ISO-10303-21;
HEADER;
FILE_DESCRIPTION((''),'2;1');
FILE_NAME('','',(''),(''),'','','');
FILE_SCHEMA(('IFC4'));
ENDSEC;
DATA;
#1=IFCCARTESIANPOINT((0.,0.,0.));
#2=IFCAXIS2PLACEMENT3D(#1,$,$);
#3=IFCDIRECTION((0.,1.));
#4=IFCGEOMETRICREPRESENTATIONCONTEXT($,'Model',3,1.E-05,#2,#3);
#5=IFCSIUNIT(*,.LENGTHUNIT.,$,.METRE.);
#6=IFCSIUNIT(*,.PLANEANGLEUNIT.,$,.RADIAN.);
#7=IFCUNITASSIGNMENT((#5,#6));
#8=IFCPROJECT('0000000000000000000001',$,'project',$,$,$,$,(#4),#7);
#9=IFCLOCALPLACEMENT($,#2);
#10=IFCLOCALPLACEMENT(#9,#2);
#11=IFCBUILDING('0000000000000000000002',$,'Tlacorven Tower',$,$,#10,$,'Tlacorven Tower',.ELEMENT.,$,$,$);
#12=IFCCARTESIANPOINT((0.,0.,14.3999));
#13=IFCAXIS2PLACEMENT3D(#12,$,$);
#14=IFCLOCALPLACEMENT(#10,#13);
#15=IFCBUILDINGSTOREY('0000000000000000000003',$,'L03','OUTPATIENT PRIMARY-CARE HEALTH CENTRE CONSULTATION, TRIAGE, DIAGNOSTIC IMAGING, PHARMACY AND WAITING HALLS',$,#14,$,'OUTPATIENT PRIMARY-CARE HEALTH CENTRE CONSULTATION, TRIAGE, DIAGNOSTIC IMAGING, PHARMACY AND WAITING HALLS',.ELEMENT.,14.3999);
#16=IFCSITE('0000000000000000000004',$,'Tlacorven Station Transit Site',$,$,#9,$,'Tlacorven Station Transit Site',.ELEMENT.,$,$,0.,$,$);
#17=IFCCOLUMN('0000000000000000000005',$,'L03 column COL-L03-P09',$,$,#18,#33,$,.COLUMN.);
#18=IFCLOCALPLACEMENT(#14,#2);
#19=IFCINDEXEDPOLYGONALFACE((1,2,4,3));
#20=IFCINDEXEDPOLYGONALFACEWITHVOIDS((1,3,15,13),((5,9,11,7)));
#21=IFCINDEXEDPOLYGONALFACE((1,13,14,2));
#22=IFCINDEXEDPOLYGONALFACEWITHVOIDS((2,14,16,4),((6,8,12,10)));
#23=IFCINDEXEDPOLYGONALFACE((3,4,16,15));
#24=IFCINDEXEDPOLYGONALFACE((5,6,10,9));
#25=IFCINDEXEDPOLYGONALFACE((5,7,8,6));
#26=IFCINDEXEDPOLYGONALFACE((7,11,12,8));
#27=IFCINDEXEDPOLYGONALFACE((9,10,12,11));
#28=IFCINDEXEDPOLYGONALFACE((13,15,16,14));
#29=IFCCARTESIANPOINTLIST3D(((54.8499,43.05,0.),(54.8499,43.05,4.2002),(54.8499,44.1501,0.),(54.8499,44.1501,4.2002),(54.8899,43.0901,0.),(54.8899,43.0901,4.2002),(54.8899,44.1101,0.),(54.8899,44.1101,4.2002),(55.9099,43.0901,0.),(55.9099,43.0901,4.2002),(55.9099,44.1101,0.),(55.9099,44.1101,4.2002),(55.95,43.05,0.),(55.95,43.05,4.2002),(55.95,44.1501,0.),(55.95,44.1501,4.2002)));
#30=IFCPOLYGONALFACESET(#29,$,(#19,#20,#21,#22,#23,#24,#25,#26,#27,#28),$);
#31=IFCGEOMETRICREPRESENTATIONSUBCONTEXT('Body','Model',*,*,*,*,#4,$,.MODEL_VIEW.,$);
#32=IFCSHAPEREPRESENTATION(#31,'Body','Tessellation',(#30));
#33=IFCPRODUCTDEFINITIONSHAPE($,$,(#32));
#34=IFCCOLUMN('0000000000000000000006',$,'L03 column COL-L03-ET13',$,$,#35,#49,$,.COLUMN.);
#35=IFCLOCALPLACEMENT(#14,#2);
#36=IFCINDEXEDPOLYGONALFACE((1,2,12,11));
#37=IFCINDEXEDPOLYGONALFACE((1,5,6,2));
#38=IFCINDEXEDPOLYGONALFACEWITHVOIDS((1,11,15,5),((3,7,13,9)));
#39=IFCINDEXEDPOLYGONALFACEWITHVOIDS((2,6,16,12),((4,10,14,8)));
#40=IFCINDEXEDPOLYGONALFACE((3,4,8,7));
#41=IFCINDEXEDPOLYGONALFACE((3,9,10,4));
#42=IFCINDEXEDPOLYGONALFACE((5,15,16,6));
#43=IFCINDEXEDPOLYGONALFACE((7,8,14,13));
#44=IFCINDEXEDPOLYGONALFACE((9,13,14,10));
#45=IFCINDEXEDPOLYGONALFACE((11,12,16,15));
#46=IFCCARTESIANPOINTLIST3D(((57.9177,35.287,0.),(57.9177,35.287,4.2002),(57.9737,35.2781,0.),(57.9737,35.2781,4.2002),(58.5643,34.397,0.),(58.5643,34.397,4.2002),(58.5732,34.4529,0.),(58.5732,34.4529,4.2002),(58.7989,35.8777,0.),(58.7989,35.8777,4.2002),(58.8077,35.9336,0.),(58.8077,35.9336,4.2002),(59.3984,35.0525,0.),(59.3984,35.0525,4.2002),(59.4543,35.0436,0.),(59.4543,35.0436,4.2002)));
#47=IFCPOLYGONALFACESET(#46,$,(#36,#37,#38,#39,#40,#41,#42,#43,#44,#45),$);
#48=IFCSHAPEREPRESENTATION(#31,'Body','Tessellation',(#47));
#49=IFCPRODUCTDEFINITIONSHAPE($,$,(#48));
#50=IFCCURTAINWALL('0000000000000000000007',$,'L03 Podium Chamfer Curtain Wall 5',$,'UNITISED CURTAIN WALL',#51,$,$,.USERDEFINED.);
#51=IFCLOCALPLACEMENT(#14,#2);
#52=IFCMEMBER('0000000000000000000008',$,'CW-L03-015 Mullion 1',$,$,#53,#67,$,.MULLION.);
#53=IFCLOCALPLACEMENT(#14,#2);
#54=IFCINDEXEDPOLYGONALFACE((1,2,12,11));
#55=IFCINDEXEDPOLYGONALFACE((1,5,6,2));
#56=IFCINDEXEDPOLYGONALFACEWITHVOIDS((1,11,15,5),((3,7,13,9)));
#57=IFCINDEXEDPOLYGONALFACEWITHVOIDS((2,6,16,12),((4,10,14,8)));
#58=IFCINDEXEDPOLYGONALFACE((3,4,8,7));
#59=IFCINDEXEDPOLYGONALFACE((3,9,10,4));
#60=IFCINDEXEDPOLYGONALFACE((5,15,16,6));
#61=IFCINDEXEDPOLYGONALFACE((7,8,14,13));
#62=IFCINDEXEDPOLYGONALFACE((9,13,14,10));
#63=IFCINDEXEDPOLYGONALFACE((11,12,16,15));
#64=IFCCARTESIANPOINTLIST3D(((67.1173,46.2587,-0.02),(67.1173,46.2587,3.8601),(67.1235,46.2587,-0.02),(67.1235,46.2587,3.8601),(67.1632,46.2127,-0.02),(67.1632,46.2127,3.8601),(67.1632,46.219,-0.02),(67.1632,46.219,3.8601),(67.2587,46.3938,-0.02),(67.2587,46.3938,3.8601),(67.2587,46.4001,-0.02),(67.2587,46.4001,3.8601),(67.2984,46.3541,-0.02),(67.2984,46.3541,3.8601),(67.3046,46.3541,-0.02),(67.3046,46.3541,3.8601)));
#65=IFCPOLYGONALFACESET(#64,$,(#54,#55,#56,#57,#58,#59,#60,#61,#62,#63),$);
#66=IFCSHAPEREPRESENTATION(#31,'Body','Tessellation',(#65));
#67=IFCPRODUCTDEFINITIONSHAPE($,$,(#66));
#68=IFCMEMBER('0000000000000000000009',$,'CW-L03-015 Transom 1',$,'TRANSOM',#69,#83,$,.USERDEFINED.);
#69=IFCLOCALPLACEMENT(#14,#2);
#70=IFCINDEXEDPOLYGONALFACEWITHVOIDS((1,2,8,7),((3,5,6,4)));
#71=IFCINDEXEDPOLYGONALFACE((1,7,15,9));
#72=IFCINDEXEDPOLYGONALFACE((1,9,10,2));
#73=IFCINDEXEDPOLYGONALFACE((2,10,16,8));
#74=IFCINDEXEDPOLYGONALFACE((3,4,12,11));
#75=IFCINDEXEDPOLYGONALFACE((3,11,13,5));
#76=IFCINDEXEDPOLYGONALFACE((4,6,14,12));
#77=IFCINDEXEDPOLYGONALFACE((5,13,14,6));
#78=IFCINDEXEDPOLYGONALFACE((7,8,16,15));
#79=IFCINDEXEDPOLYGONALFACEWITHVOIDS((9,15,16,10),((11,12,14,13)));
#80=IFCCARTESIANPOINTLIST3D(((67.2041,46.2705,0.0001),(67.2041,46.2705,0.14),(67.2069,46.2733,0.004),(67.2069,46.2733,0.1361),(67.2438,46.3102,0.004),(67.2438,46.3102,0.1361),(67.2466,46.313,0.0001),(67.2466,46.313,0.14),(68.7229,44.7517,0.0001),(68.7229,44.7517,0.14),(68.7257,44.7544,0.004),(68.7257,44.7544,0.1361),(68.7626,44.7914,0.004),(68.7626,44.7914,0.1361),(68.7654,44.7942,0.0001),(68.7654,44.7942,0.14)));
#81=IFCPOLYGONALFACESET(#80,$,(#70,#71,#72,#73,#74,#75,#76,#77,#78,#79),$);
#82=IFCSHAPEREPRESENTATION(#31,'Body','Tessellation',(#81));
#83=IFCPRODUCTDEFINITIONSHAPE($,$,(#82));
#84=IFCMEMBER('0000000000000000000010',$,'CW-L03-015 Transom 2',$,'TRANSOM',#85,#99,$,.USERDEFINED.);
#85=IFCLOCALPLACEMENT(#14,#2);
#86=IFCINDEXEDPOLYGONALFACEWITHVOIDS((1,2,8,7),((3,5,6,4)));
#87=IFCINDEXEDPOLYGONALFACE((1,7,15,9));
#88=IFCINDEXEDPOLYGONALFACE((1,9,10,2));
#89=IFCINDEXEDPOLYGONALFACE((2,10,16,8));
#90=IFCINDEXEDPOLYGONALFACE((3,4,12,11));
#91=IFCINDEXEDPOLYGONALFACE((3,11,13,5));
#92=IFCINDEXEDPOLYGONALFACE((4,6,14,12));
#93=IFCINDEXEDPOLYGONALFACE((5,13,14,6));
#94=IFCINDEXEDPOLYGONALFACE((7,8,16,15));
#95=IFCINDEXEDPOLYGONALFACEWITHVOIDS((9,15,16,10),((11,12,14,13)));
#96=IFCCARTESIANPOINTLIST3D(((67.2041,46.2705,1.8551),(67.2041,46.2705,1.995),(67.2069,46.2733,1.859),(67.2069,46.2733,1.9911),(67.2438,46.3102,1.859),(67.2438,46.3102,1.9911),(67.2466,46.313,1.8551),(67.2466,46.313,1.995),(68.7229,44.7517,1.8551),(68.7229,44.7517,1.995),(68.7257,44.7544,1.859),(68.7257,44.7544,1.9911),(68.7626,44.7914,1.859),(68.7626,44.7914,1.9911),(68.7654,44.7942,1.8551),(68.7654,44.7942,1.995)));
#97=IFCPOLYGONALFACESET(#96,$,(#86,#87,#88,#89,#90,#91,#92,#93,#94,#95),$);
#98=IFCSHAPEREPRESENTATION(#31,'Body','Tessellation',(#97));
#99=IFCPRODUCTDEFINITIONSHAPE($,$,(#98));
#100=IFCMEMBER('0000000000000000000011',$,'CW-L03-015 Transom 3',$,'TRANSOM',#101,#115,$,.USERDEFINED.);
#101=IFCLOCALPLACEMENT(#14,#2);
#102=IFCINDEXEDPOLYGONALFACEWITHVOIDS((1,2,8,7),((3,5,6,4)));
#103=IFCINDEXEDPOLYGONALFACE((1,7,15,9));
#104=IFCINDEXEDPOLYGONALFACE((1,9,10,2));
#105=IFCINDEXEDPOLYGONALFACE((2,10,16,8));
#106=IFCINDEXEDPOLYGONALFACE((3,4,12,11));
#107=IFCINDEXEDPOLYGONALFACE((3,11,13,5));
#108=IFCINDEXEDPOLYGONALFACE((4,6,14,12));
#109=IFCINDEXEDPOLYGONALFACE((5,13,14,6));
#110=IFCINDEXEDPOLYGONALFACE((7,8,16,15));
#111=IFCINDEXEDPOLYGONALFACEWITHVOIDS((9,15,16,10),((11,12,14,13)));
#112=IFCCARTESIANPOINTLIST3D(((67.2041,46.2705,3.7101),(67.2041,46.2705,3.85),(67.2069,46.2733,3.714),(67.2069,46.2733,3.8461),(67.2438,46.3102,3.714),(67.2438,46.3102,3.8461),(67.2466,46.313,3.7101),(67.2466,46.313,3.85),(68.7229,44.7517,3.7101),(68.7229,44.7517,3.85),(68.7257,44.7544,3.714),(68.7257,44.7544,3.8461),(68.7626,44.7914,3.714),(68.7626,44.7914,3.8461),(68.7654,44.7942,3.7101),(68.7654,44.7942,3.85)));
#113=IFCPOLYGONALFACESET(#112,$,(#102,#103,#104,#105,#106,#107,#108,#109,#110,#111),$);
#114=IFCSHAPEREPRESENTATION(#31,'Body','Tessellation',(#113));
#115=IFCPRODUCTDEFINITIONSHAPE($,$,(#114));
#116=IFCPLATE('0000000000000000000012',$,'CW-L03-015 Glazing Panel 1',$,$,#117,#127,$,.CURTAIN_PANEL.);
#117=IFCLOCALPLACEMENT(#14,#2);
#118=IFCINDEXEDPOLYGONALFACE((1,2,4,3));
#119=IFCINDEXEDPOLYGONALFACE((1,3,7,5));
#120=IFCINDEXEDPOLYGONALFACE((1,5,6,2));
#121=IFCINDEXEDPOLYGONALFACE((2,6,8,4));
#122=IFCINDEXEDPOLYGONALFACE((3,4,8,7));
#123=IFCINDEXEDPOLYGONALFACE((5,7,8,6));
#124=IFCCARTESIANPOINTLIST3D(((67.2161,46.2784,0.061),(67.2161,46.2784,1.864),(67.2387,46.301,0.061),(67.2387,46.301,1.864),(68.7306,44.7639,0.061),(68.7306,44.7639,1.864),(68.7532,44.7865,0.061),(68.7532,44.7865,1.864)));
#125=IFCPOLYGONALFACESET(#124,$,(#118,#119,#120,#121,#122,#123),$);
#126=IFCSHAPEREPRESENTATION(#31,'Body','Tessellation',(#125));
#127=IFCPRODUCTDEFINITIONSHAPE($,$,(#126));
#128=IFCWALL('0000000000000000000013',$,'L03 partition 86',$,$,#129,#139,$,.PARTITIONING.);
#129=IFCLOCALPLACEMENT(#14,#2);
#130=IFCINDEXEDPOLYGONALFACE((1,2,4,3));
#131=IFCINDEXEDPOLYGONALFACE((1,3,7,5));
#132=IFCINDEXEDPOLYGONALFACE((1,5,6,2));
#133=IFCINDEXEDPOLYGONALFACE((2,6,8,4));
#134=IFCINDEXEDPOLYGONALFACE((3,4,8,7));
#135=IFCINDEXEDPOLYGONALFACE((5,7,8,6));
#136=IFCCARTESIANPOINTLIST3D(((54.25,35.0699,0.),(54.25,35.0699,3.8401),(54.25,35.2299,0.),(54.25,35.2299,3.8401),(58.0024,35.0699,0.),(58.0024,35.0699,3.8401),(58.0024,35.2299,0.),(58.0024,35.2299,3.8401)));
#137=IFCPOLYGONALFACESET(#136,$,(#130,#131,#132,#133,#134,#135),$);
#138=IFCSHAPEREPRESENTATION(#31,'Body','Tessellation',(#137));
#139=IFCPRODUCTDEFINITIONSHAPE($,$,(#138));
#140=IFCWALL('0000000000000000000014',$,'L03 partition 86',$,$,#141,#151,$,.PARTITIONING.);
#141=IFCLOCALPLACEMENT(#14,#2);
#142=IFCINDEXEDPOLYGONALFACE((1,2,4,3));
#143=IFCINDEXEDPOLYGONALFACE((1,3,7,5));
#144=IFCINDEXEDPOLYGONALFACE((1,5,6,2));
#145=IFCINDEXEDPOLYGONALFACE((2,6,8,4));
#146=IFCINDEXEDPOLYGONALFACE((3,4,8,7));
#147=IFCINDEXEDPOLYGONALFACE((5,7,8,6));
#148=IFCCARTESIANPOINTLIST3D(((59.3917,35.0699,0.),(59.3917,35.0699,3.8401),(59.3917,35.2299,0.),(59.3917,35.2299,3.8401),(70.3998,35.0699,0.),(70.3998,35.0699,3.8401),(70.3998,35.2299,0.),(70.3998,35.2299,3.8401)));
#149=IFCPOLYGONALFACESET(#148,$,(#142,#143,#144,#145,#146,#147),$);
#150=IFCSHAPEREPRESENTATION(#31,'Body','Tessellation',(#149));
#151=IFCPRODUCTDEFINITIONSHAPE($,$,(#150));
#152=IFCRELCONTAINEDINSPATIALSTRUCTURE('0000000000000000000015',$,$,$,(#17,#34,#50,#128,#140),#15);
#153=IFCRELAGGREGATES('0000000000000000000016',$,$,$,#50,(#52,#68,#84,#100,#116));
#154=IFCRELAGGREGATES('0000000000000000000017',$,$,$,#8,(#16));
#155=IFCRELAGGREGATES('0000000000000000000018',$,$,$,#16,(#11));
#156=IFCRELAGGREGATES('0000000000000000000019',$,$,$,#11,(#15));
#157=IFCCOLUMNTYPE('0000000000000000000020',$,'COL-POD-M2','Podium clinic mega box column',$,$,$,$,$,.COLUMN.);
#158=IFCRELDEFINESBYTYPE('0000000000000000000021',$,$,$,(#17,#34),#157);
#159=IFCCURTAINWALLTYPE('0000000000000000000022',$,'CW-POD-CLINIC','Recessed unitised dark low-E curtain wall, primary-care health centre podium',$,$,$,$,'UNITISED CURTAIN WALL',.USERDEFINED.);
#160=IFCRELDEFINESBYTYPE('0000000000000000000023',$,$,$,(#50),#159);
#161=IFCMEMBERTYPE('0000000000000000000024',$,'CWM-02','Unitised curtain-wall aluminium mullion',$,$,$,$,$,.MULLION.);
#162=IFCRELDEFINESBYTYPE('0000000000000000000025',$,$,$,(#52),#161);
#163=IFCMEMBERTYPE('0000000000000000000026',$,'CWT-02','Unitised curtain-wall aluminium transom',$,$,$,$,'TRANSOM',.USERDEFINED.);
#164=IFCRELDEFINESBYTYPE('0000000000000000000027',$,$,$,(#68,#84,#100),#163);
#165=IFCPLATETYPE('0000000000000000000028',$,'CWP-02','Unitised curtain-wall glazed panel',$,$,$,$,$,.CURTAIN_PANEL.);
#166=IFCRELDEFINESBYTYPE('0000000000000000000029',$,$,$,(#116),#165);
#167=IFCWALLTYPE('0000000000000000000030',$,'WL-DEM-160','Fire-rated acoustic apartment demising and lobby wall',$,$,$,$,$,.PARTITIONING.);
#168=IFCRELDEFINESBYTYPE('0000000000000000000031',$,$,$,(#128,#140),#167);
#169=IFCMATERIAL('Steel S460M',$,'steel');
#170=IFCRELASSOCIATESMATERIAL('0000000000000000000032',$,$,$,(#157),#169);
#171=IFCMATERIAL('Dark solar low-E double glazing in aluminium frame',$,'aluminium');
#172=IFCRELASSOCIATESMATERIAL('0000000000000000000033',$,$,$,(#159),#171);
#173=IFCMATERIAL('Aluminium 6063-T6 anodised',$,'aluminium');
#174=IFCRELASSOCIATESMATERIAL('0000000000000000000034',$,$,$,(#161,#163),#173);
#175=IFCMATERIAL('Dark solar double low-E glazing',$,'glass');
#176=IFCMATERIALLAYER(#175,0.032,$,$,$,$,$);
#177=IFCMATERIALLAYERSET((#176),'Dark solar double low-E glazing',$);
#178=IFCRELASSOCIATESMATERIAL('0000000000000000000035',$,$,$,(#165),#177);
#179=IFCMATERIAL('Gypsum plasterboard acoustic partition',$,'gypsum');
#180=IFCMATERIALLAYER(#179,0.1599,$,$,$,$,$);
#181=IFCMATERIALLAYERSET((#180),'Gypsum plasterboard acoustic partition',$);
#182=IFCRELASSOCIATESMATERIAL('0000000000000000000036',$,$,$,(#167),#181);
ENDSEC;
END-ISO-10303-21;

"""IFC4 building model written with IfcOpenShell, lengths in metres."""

from ifc_helpers import new_model, si_unit, direction, frame, frame_2d, origin, origin_2d, place, context, subcontext, project, spatial, rectangle, hollow_rectangle, extrude, source, transform, mapped, material, layer, layer_set, material_profile, profile_set, type_object, element, aggregate, save


model = new_model("IFC4")

# Units and contexts
model_context = context("Model", 3, precision=1e-05, world=origin(), true_north=direction((0.0, 1.0)))
body_context = subcontext(model_context, "Body", "Model", "MODEL_VIEW")
ifc_project = project(units=[si_unit("LENGTHUNIT", "METRE"), si_unit("PLANEANGLEUNIT", "RADIAN")], contexts=[model_context])

# Site, building, storey
site_placement = place(None, origin())
site = spatial("IfcSite", under=ifc_project, at=site_placement, Name="Tlacorven Station Transit Site", LongName="Tlacorven Station Transit Site", CompositionType="ELEMENT", RefElevation=0.0)
building_placement = place(site_placement, origin())
building = spatial("IfcBuilding", under=site, at=building_placement, Name="Tlacorven Tower", LongName="Tlacorven Tower", CompositionType="ELEMENT")
storey_placement = place(building_placement, frame((0.0, 0.0, 14.3999)))
storey = spatial("IfcBuildingStorey", under=building, at=storey_placement, Name="L03", Description="OUTPATIENT PRIMARY-CARE HEALTH CENTRE CONSULTATION, TRIAGE, DIAGNOSTIC IMAGING, PHARMACY AND WAITING HALLS", LongName="OUTPATIENT PRIMARY-CARE HEALTH CENTRE CONSULTATION, TRIAGE, DIAGNOSTIC IMAGING, PHARMACY AND WAITING HALLS", CompositionType="ELEMENT", Elevation=14.3999)

# Columns
ifc_material_1 = material(Name="Steel S460M", Category="steel")
ifc_material_profile_1 = material_profile(ifc_material_1, hollow_rectangle(XDim=1.1001, YDim=1.1001, WallThickness=0.04, at=origin_2d()), Name="BOX 1100X1100X40")
ifc_profile_set_1 = profile_set([ifc_material_profile_1], Name="Steel S460M")
column_type = type_object("IfcColumnType", Name="COL-POD-M2", Description="Podium clinic mega box column", PredefinedType="COLUMN", material=ifc_profile_set_1)
shared_shape_1 = source(origin(), body_context, "Body", "SweptSolid", [
    extrude(hollow_rectangle(XDim=1.1001, YDim=1.1001, WallThickness=0.04, at=origin_2d()), origin(), (0.0, 0.0, 1.0), 4.2002),
])
for number, where, z_axis, x_axis, name in (
    (1, (55.3999, 43.6001, 0.0), (0.0, 0.0, 1.0), (1.0, 0.0, 0.0), "L03 column COL-L03-P09"),
    (2, (58.686, 35.1653, 0.0), (0.0, 0.0, 1.0), (0.809017, 0.587785, 0.0), "L03 column COL-L03-ET13"),
):
    element("IfcColumn", number, at=place(storey_placement, frame(where, z_axis=z_axis, x_axis=x_axis)), inside=storey, type_object=column_type, Name=name, PredefinedType="COLUMN", context=body_context, shape_type="MappedRepresentation", body=[
        mapped(shared_shape_1, transform((0.0, 0.0, 0.0), scale=1.0)),
    ])

# Curtain wall, members, plate
ifc_material_2 = material(Name="Dark solar low-E double glazing in aluminium frame", Category="aluminium")
curtain_wall_type = type_object("IfcCurtainWallType", Name="CW-POD-CLINIC", Description="Recessed unitised dark low-E curtain wall, primary-care health centre podium", ElementType="UNITISED CURTAIN WALL", PredefinedType="USERDEFINED", material=ifc_material_2)
curtain_wall_placement = place(storey_placement, origin())
curtain_wall = element("IfcCurtainWall", 3, at=curtain_wall_placement, inside=storey, type_object=curtain_wall_type, Name="L03 Podium Chamfer Curtain Wall 5", ObjectType="UNITISED CURTAIN WALL", PredefinedType="USERDEFINED")
ifc_material_3 = material(Name="Aluminium 6063-T6 anodised", Category="aluminium")
ifc_material_profile_2 = material_profile(ifc_material_3, hollow_rectangle(XDim=0.0649, YDim=0.2, WallThickness=0.0044, at=origin_2d()), Name="ALU MULLION 65X200")
ifc_profile_set_2 = profile_set([ifc_material_profile_2], Name="Aluminium 6063-T6 anodised")
member_type_1 = type_object("IfcMemberType", Name="CWM-02", Description="Unitised curtain-wall aluminium mullion", PredefinedType="MULLION", material=ifc_profile_set_2)
shared_shape_2 = source(origin(), body_context, "Body", "SweptSolid", [
    extrude(hollow_rectangle(XDim=0.0649, YDim=0.2, WallThickness=0.0044, at=origin_2d()), origin(), (0.0, 0.0, 1.0), 3.8801),
])
member_1_placement = place(storey_placement, frame((67.2109, 46.3064, -0.02), z_axis=(0.0, 0.0, 1.0), x_axis=(0.707107, -0.707107, 0.0)))
member_1 = element("IfcMember", 4, at=member_1_placement, type_object=member_type_1, Name="CW-L03-015 Mullion 1", PredefinedType="MULLION", context=body_context, shape_type="MappedRepresentation", body=[
    mapped(shared_shape_2, transform((0.0, 0.0, 0.0), scale=1.0)),
])
ifc_material_profile_3 = material_profile(ifc_material_3, hollow_rectangle(XDim=0.0601, YDim=0.1399, WallThickness=0.0039, at=origin_2d()), Name="ALU TRANSOM 60X140")
ifc_profile_set_3 = profile_set([ifc_material_profile_3], Name="Aluminium 6063-T6 anodised")
member_type_2 = type_object("IfcMemberType", Name="CWT-02", Description="Unitised curtain-wall aluminium transom", ElementType="TRANSOM", PredefinedType="USERDEFINED", material=ifc_profile_set_3)
shared_shape_3 = source(origin(), body_context, "Body", "SweptSolid", [
    extrude(hollow_rectangle(XDim=0.0601, YDim=0.1399, WallThickness=0.0039, at=origin_2d()), origin(), (0.0, 0.0, 1.0), 2.1479),
])
member_2_placement = place(storey_placement, frame((67.2253, 46.2917, 0.0701), z_axis=(0.707107, -0.707107, 0.0), x_axis=(0.707107, 0.707107, 0.0)))
member_2 = element("IfcMember", 5, at=member_2_placement, type_object=member_type_2, Name="CW-L03-015 Transom 1", ObjectType="TRANSOM", PredefinedType="USERDEFINED", context=body_context, shape_type="MappedRepresentation", body=[
    mapped(shared_shape_3, transform((0.0, 0.0, 0.0), scale=1.0)),
])
member_3_placement = place(storey_placement, frame((67.2253, 46.2917, 1.925), z_axis=(0.707107, -0.707107, 0.0), x_axis=(0.707107, 0.707107, 0.0)))
member_3 = element("IfcMember", 6, at=member_3_placement, type_object=member_type_2, Name="CW-L03-015 Transom 2", ObjectType="TRANSOM", PredefinedType="USERDEFINED", context=body_context, shape_type="MappedRepresentation", body=[
    mapped(shared_shape_3, transform((0.0, 0.0, 0.0), scale=1.0)),
])
member_4_placement = place(storey_placement, frame((67.2253, 46.2917, 3.78), z_axis=(0.707107, -0.707107, 0.0), x_axis=(0.707107, 0.707107, 0.0)))
member_4 = element("IfcMember", 7, at=member_4_placement, type_object=member_type_2, Name="CW-L03-015 Transom 3", ObjectType="TRANSOM", PredefinedType="USERDEFINED", context=body_context, shape_type="MappedRepresentation", body=[
    mapped(shared_shape_3, transform((0.0, 0.0, 0.0), scale=1.0)),
])
ifc_material_4 = material(Name="Dark solar double low-E glazing", Category="glass")
ifc_layer_1 = layer(ifc_material_4, 0.032)
ifc_layer_set_1 = layer_set([ifc_layer_1], Name="Dark solar double low-E glazing")
plate_type = type_object("IfcPlateType", Name="CWP-02", Description="Unitised curtain-wall glazed panel", PredefinedType="CURTAIN_PANEL", material=ifc_layer_set_1)
shared_shape_4 = source(origin(), body_context, "Body", "SweptSolid", [
    extrude(rectangle(XDim=2.1418, YDim=0.032, at=origin_2d()), origin(), (0.0, 0.0, 1.0), 1.803),
])
plate_placement = place(storey_placement, frame((67.9846, 45.5325, 0.061), z_axis=(0.0, 0.0, 1.0), x_axis=(0.707107, -0.707107, 0.0)))
plate = element("IfcPlate", 8, at=plate_placement, type_object=plate_type, Name="CW-L03-015 Glazing Panel 1", PredefinedType="CURTAIN_PANEL", context=body_context, shape_type="MappedRepresentation", body=[
    mapped(shared_shape_4, transform((0.0, 0.0, 0.0), scale=1.0)),
])
aggregate(curtain_wall, [member_1, member_2, member_3, member_4, plate])

# Walls
ifc_material_5 = material(Name="Gypsum plasterboard acoustic partition", Category="gypsum")
ifc_layer_2 = layer(ifc_material_5, 0.1599)
ifc_layer_set_2 = layer_set([ifc_layer_2], Name="Gypsum plasterboard acoustic partition")
wall_type = type_object("IfcWallType", Name="WL-DEM-160", Description="Fire-rated acoustic apartment demising and lobby wall", PredefinedType="PARTITIONING", material=ifc_layer_set_2)
wall_1_placement = place(storey_placement, frame((54.25, 35.1499, 0.0), z_axis=(0.0, 0.0, 1.0), x_axis=(1.0, 0.0, 0.0)))
element("IfcWall", 9, at=wall_1_placement, inside=storey, type_object=wall_type, Name="L03 partition 86", PredefinedType="PARTITIONING", context=body_context, shape_type="SweptSolid", body=[
    extrude(rectangle(XDim=3.7524, YDim=0.1599, at=frame_2d((1.8762, 0.0))), origin(), (0.0, 0.0, 1.0), 3.8401),
])
wall_2_placement = place(storey_placement, frame((59.3918, 35.1499, 0.0), z_axis=(0.0, 0.0, 1.0), x_axis=(1.0, 0.0, 0.0)))
element("IfcWall", 10, at=wall_2_placement, inside=storey, type_object=wall_type, Name="L03 partition 86", PredefinedType="PARTITIONING", context=body_context, shape_type="SweptSolid", body=[
    extrude(rectangle(XDim=11.0081, YDim=0.1599, at=frame_2d((5.5039, 0.0))), origin(), (0.0, 0.0, 1.0), 3.8401),
])

save(model, "model.ifc")
